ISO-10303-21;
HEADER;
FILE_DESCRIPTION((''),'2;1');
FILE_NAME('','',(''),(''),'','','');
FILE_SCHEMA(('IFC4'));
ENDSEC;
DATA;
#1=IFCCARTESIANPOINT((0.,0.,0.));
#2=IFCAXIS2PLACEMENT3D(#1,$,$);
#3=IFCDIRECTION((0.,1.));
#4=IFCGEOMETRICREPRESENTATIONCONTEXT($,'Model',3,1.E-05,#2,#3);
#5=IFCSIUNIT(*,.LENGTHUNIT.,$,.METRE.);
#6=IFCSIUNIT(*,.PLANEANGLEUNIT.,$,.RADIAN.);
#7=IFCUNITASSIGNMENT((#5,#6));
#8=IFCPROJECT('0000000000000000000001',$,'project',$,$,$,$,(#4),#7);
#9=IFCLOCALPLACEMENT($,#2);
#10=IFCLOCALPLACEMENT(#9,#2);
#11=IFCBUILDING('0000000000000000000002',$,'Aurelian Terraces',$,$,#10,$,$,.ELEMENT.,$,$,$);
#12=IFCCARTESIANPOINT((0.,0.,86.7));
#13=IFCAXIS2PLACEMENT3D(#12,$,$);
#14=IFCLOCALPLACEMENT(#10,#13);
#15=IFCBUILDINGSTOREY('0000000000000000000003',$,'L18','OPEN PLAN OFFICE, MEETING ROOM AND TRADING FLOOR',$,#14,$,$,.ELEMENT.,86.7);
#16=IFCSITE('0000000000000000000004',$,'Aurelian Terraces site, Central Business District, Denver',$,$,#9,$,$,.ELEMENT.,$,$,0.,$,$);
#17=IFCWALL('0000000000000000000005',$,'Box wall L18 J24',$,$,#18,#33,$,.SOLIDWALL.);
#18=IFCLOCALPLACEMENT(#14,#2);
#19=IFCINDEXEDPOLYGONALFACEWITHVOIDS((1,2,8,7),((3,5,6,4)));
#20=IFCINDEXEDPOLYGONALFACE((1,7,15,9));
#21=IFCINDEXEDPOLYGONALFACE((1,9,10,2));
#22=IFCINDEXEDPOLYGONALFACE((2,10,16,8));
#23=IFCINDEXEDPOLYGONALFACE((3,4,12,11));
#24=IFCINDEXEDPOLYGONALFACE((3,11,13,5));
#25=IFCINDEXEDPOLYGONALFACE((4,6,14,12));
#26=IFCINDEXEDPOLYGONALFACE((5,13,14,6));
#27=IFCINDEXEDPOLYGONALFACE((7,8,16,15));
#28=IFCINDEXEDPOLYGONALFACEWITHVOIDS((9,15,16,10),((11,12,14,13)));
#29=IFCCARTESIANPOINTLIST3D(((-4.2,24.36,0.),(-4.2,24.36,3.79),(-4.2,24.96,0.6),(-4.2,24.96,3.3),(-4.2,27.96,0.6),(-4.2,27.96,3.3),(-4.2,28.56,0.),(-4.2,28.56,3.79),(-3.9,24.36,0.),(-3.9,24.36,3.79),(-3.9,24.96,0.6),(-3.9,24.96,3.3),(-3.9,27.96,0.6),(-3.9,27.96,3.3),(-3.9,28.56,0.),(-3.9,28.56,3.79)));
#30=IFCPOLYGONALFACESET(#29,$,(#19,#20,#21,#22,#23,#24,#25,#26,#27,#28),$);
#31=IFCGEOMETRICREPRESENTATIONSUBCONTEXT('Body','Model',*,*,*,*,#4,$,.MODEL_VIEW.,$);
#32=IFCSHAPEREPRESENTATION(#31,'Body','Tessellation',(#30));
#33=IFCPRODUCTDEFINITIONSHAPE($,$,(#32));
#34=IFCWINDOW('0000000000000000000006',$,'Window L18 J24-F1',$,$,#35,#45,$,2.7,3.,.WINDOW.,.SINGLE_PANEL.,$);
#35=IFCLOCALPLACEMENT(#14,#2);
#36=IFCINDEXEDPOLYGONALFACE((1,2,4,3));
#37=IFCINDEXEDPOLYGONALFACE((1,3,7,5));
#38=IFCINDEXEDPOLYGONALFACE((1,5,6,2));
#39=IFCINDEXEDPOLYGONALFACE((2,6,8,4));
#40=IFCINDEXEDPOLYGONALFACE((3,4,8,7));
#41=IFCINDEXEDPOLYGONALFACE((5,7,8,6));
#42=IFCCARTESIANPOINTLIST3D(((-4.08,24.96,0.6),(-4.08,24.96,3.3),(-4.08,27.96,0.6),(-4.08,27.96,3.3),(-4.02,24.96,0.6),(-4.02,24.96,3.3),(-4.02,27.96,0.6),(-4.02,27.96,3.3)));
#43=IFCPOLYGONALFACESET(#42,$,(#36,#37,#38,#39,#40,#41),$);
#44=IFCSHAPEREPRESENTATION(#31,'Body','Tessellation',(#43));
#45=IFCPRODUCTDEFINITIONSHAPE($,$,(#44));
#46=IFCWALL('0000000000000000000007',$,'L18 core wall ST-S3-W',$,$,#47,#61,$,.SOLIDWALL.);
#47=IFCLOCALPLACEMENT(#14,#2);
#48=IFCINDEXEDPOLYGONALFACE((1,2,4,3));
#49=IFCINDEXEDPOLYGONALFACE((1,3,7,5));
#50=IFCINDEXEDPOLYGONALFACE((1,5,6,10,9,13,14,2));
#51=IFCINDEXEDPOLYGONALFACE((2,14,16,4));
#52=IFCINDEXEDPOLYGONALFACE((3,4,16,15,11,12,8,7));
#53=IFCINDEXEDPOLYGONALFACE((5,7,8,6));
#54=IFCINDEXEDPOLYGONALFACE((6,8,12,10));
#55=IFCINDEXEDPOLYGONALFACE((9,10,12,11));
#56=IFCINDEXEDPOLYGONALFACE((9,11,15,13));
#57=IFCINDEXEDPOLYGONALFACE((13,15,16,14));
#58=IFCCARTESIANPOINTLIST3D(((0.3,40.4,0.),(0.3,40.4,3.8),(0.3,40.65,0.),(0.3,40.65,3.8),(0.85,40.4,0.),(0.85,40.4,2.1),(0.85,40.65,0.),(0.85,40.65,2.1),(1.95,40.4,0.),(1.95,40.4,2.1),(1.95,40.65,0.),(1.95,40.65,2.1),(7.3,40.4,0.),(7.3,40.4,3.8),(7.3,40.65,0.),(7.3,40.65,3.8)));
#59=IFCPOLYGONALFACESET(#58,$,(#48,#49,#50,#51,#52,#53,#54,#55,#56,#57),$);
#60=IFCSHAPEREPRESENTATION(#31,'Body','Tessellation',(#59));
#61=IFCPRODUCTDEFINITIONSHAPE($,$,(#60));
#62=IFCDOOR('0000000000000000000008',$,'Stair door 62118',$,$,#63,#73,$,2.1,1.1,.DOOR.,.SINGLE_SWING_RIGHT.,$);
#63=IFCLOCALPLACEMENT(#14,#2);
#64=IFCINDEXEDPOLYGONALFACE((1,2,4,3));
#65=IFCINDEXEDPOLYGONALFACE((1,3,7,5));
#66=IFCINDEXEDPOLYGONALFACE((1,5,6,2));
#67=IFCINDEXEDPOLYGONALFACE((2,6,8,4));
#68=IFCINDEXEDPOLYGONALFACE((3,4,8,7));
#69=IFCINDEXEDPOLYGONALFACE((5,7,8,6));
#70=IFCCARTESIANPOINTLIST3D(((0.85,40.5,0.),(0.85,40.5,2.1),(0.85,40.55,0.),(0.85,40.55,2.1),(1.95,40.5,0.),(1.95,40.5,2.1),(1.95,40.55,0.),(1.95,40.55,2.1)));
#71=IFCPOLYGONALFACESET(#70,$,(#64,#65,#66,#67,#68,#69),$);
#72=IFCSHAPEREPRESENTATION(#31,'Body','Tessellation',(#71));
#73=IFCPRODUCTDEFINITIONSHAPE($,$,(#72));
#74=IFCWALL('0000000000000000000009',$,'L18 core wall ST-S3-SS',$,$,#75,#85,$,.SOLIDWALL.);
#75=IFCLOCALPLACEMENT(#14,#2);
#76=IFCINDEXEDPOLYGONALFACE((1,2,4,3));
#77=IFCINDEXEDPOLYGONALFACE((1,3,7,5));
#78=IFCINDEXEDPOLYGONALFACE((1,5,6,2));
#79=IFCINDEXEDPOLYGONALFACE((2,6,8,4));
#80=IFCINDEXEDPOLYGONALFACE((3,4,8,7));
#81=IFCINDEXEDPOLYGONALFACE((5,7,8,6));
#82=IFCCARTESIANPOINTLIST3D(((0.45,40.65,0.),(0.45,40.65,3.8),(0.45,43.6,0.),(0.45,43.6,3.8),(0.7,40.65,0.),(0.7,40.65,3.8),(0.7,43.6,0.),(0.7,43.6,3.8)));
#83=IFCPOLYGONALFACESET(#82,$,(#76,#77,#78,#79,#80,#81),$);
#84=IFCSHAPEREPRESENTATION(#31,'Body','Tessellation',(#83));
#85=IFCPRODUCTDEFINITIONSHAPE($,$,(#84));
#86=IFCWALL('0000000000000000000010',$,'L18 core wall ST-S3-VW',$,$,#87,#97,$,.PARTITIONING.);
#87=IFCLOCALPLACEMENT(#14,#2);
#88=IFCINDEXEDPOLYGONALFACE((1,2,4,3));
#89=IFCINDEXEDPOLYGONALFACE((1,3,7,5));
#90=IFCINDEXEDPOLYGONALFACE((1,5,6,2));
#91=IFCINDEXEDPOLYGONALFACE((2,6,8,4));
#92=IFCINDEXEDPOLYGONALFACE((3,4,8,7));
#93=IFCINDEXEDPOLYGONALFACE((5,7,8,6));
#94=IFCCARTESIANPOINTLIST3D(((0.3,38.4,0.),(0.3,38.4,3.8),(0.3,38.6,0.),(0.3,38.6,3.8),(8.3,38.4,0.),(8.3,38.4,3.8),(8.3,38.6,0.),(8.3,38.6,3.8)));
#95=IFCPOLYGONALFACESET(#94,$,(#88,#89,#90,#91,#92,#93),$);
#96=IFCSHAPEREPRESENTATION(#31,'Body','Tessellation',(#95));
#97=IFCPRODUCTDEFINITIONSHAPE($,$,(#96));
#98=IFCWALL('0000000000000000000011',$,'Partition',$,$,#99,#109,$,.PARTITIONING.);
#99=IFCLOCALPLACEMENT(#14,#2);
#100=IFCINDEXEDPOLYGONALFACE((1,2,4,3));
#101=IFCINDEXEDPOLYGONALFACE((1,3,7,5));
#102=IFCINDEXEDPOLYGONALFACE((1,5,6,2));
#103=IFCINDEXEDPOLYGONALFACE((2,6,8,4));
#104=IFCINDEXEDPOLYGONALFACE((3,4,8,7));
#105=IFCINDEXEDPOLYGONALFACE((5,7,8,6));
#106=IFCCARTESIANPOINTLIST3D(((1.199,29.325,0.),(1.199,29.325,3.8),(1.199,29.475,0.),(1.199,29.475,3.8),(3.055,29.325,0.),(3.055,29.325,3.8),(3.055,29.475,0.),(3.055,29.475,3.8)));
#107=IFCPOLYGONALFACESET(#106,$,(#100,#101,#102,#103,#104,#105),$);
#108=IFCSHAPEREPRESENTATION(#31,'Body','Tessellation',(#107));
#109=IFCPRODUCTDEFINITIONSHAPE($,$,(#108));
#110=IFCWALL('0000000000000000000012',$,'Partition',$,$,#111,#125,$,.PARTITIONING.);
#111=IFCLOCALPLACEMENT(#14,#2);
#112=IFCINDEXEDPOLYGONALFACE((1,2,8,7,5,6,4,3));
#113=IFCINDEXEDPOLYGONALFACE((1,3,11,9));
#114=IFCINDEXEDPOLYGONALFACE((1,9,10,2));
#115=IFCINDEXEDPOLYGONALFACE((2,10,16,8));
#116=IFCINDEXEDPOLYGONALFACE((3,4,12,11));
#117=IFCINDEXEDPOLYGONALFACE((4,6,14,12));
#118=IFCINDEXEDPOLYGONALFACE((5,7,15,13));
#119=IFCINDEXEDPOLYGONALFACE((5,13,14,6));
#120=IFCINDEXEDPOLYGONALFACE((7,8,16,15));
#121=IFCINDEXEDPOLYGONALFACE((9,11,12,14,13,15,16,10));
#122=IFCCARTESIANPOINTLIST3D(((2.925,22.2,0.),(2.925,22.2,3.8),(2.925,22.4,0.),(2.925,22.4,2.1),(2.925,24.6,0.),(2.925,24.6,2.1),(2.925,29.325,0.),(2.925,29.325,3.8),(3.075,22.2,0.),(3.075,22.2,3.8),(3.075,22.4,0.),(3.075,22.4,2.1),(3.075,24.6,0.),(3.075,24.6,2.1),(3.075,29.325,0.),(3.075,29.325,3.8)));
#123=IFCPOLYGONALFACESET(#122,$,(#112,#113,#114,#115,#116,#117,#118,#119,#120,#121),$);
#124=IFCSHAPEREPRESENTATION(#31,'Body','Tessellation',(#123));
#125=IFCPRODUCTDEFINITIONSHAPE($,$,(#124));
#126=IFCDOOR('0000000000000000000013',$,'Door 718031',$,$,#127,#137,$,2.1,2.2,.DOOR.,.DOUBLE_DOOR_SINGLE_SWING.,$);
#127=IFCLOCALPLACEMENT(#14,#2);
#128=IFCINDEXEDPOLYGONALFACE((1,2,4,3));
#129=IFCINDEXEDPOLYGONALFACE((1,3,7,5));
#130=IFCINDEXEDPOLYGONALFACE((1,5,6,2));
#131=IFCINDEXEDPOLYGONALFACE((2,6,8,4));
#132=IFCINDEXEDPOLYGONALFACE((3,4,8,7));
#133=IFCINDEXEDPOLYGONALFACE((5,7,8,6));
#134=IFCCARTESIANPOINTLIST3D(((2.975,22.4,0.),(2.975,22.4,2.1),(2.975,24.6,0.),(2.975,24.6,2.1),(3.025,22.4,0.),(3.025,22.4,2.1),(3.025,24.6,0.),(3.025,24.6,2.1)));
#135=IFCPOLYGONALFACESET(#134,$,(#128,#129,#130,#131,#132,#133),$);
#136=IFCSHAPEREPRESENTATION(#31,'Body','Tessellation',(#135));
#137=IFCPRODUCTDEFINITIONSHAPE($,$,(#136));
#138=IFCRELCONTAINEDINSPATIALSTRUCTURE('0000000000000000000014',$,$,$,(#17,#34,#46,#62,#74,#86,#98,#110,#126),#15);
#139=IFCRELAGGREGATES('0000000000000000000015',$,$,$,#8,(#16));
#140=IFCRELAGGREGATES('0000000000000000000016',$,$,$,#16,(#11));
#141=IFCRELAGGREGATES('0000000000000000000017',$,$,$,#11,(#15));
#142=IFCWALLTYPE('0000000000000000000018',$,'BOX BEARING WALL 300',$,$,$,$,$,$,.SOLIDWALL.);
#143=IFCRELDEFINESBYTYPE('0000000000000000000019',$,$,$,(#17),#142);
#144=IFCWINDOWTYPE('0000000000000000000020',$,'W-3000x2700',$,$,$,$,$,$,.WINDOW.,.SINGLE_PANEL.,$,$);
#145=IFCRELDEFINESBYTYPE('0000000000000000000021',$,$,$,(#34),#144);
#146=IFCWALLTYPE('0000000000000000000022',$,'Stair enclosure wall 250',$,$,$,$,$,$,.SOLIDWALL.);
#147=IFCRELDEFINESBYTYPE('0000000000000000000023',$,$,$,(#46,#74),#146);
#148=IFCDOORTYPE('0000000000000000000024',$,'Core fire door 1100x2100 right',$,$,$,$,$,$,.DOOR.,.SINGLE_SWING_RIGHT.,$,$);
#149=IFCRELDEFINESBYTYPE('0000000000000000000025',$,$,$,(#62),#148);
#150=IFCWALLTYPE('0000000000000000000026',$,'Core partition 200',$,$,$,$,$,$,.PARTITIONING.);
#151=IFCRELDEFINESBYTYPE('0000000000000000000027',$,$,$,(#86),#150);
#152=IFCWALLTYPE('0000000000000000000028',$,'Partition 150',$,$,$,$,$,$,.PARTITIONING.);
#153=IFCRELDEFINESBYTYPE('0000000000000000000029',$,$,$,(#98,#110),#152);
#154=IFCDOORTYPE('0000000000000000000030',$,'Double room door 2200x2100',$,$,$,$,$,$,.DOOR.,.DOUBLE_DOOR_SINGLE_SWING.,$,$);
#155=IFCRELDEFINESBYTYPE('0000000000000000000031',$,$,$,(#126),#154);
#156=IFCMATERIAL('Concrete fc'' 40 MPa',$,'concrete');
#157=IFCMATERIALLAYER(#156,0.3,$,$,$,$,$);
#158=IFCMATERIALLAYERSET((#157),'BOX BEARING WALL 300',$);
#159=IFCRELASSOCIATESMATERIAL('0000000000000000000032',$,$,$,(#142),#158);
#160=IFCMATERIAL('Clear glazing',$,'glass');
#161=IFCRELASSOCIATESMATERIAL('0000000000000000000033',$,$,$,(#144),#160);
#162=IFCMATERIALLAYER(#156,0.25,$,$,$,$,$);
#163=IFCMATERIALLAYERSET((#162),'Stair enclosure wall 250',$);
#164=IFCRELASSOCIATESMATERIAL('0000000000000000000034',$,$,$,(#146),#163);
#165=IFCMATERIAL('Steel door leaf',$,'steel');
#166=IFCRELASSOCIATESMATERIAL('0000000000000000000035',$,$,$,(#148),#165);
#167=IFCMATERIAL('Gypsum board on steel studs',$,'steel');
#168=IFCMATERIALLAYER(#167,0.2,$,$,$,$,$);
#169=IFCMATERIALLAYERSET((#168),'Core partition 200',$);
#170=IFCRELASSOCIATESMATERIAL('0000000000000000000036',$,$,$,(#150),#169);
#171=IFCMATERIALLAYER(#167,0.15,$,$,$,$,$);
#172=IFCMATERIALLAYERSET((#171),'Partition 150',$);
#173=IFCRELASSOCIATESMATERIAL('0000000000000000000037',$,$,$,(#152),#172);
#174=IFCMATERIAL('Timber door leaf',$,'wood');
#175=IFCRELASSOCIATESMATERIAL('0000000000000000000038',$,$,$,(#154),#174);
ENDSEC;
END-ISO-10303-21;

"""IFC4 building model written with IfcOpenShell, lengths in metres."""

from ifc_helpers import new_model, si_unit, direction, frame, frame_2d, origin, place, context, subcontext, project, spatial, rectangle, extrude, source, transform, mapped, material, layer, layer_set, type_object, element, fill, save


model = new_model("IFC4")

# Units and contexts
model_context = context("Model", 3, precision=1e-05, world=origin(), true_north=direction((0.0, 1.0)))
body_context = subcontext(model_context, "Body", "Model", "MODEL_VIEW")
ifc_project = project(units=[si_unit("LENGTHUNIT", "METRE"), si_unit("PLANEANGLEUNIT", "RADIAN")], contexts=[model_context])

# Site, building, storey
site_placement = place(None, origin())
site = spatial("IfcSite", under=ifc_project, at=site_placement, Name="Aurelian Terraces site, Central Business District, Denver", CompositionType="ELEMENT", RefElevation=0.0)
building_placement = place(site_placement, origin())
building = spatial("IfcBuilding", under=site, at=building_placement, Name="Aurelian Terraces", CompositionType="ELEMENT")
storey_placement = place(building_placement, frame((0.0, 0.0, 86.7)))
storey = spatial("IfcBuildingStorey", under=building, at=storey_placement, Name="L18", Description="OPEN PLAN OFFICE, MEETING ROOM AND TRADING FLOOR", CompositionType="ELEMENT", Elevation=86.7)

# Shared definitions
ifc_material_1 = material(Name="Clear glazing", Category="glass")

# Shared definitions
ifc_material_2 = material(Name="Timber door leaf", Category="wood")

# Wall, opening, window
ifc_material_3 = material(Name="Concrete fc' 40 MPa", Category="concrete")
ifc_layer_1 = layer(ifc_material_3, 0.3)
ifc_layer_set_1 = layer_set([ifc_layer_1], Name="BOX BEARING WALL 300")
wall_type_1 = type_object("IfcWallType", Name="BOX BEARING WALL 300", PredefinedType="SOLIDWALL", material=ifc_layer_set_1)
shared_shape_1 = source(origin(), body_context, "Body", "SweptSolid", [
    extrude(rectangle(XDim=4.2, YDim=0.3, at=frame_2d((2.1, 0.0))), origin(), (0.0, 0.0, 1.0), 3.79),
])
wall_1_placement = place(storey_placement, frame((-4.05, 28.56, 0.0), z_axis=(0.0, 0.0, 1.0), x_axis=(0.0, -1.0, 0.0)))
wall_1 = element("IfcWall", 1, at=wall_1_placement, inside=storey, type_object=wall_type_1, Name="Box wall L18 J24", PredefinedType="SOLIDWALL", context=body_context, shape_type="MappedRepresentation", body=[
    mapped(shared_shape_1, transform((0.0, 0.0, 0.0), scale=1.0)),
])
shared_shape_2 = source(origin(), body_context, "Body", "SweptSolid", [
    extrude(rectangle(XDim=3.0, YDim=2.7, at=frame_2d((1.5, 1.35))), frame((0.0, 0.16, 0.0), z_axis=(0.0, -1.0, 0.0), x_axis=(1.0, 0.0, 0.0)), (0.0, 0.0, 1.0), 0.32),
])
opening_1_placement = place(wall_1_placement, frame((0.6, 0.0, 0.6)))
opening_1 = element("IfcOpeningElement", 2, at=opening_1_placement, cuts=wall_1, PredefinedType="OPENING", context=body_context, shape_type="MappedRepresentation", body=[
    mapped(shared_shape_2, transform((0.0, 0.0, 0.0), scale=1.0)),
])
window_type_1 = type_object("IfcWindowType", Name="W-3000x2700", PartitioningType="SINGLE_PANEL", PredefinedType="WINDOW", material=ifc_material_1)
shared_shape_3 = source(origin(), body_context, "Body", "SweptSolid", [
    extrude(rectangle(XDim=3.0, YDim=2.7, at=frame_2d((1.5, 1.35))), frame((0.0, 0.03, 0.0), z_axis=(0.0, -1.0, 0.0), x_axis=(1.0, 0.0, 0.0)), (0.0, 0.0, 1.0), 0.06),
])
window_1_placement = place(opening_1_placement, origin())
window_1 = element("IfcWindow", 3, at=window_1_placement, inside=storey, type_object=window_type_1, Name="Window L18 J24-F1", OverallHeight=2.7, OverallWidth=3.0, PartitioningType="SINGLE_PANEL", PredefinedType="WINDOW", context=body_context, shape_type="MappedRepresentation", body=[
    mapped(shared_shape_3, transform((0.0, 0.0, 0.0), scale=1.0)),
])
fill(opening_1, window_1)

# Wall, opening, door
ifc_layer_2 = layer(ifc_material_3, 0.25)
ifc_layer_set_2 = layer_set([ifc_layer_2], Name="Stair enclosure wall 250")
wall_type_2 = type_object("IfcWallType", Name="Stair enclosure wall 250", PredefinedType="SOLIDWALL", material=ifc_layer_set_2)
shared_shape_4 = source(origin(), body_context, "Body", "SweptSolid", [
    extrude(rectangle(XDim=7.0, YDim=0.25, at=frame_2d((3.5, 0.0))), origin(), (0.0, 0.0, 1.0), 3.8),
])
wall_2_placement = place(storey_placement, frame((0.3, 40.525, 0.0), z_axis=(0.0, 0.0, 1.0), x_axis=(1.0, 0.0, 0.0)))
wall_2 = element("IfcWall", 4, at=wall_2_placement, inside=storey, type_object=wall_type_2, Name="L18 core wall ST-S3-W", PredefinedType="SOLIDWALL", context=body_context, shape_type="MappedRepresentation", body=[
    mapped(shared_shape_4, transform((0.0, 0.0, 0.0), scale=1.0)),
])
shared_shape_5 = source(origin(), body_context, "Body", "SweptSolid", [
    extrude(rectangle(XDim=1.1, YDim=2.1, at=frame_2d((0.55, 1.05))), frame((0.0, 0.135, 0.0), z_axis=(0.0, -1.0, 0.0), x_axis=(1.0, 0.0, 0.0)), (0.0, 0.0, 1.0), 0.27),
])
opening_2_placement = place(wall_2_placement, frame((0.55, 0.0, 0.0)))
opening_2 = element("IfcOpeningElement", 5, at=opening_2_placement, cuts=wall_2, PredefinedType="OPENING", context=body_context, shape_type="MappedRepresentation", body=[
    mapped(shared_shape_5, transform((0.0, 0.0, 0.0), scale=1.0)),
])
ifc_material_4 = material(Name="Steel door leaf", Category="steel")
door_type_1 = type_object("IfcDoorType", Name="Core fire door 1100x2100 right", OperationType="SINGLE_SWING_RIGHT", PredefinedType="DOOR", material=ifc_material_4)
shared_shape_6 = source(origin(), body_context, "Body", "SweptSolid", [
    extrude(rectangle(XDim=1.1, YDim=2.1, at=frame_2d((0.55, 1.05))), frame((0.0, 0.025, 0.0), z_axis=(0.0, -1.0, 0.0), x_axis=(1.0, 0.0, 0.0)), (0.0, 0.0, 1.0), 0.05),
])
door_1_placement = place(opening_2_placement, origin())
door_1 = element("IfcDoor", 6, at=door_1_placement, inside=storey, type_object=door_type_1, Name="Stair door 62118", OperationType="SINGLE_SWING_RIGHT", OverallHeight=2.1, OverallWidth=1.1, PredefinedType="DOOR", context=body_context, shape_type="MappedRepresentation", body=[
    mapped(shared_shape_6, transform((0.0, 0.0, 0.0), scale=1.0)),
])
fill(opening_2, door_1)

# Walls
shared_shape_7 = source(origin(), body_context, "Body", "SweptSolid", [
    extrude(rectangle(XDim=2.95, YDim=0.25, at=frame_2d((1.475, 0.0))), origin(), (0.0, 0.0, 1.0), 3.8),
])
wall_3_placement = place(storey_placement, frame((0.575, 40.65, 0.0), z_axis=(0.0, 0.0, 1.0), x_axis=(0.0, 1.0, 0.0)))
element("IfcWall", 7, at=wall_3_placement, inside=storey, type_object=wall_type_2, Name="L18 core wall ST-S3-SS", PredefinedType="SOLIDWALL", context=body_context, shape_type="MappedRepresentation", body=[
    mapped(shared_shape_7, transform((0.0, 0.0, 0.0), scale=1.0)),
])
ifc_material_5 = material(Name="Gypsum board on steel studs", Category="steel")
ifc_layer_3 = layer(ifc_material_5, 0.2)
ifc_layer_set_3 = layer_set([ifc_layer_3], Name="Core partition 200")
wall_type_3 = type_object("IfcWallType", Name="Core partition 200", PredefinedType="PARTITIONING", material=ifc_layer_set_3)
shared_shape_8 = source(origin(), body_context, "Body", "SweptSolid", [
    extrude(rectangle(XDim=8.0, YDim=0.2, at=frame_2d((4.0, 0.0))), origin(), (0.0, 0.0, 1.0), 3.8),
])
wall_4_placement = place(storey_placement, frame((0.3, 38.5, 0.0), z_axis=(0.0, 0.0, 1.0), x_axis=(1.0, 0.0, 0.0)))
element("IfcWall", 8, at=wall_4_placement, inside=storey, type_object=wall_type_3, Name="L18 core wall ST-S3-VW", PredefinedType="PARTITIONING", context=body_context, shape_type="MappedRepresentation", body=[
    mapped(shared_shape_8, transform((0.0, 0.0, 0.0), scale=1.0)),
])
ifc_layer_4 = layer(ifc_material_5, 0.15)
ifc_layer_set_4 = layer_set([ifc_layer_4], Name="Partition 150")
wall_type_4 = type_object("IfcWallType", Name="Partition 150", PredefinedType="PARTITIONING", material=ifc_layer_set_4)
shared_shape_9 = source(origin(), body_context, "Body", "SweptSolid", [
    extrude(rectangle(XDim=1.856, YDim=0.15, at=frame_2d((0.928, 0.0))), origin(), (0.0, 0.0, 1.0), 3.8),
])
wall_5_placement = place(storey_placement, frame((3.055, 29.4, 0.0), z_axis=(0.0, 0.0, 1.0), x_axis=(-1.0, 0.0, 0.0)))
element("IfcWall", 9, at=wall_5_placement, inside=storey, type_object=wall_type_4, Name="Partition", PredefinedType="PARTITIONING", context=body_context, shape_type="MappedRepresentation", body=[
    mapped(shared_shape_9, transform((0.0, 0.0, 0.0), scale=1.0)),
])

# Wall, opening, door
shared_shape_10 = source(origin(), body_context, "Body", "SweptSolid", [
    extrude(rectangle(XDim=7.125, YDim=0.15, at=frame_2d((3.5625, 0.0))), origin(), (0.0, 0.0, 1.0), 3.8),
])
wall_6_placement = place(storey_placement, frame((3.0, 29.325, 0.0), z_axis=(0.0, 0.0, 1.0), x_axis=(0.0, -1.0, 0.0)))
wall_6 = element("IfcWall", 10, at=wall_6_placement, inside=storey, type_object=wall_type_4, Name="Partition", PredefinedType="PARTITIONING", context=body_context, shape_type="MappedRepresentation", body=[
    mapped(shared_shape_10, transform((0.0, 0.0, 0.0), scale=1.0)),
])
shared_shape_11 = source(origin(), body_context, "Body", "SweptSolid", [
    extrude(rectangle(XDim=2.2, YDim=2.1, at=frame_2d((1.1, 1.05))), frame((0.0, 0.085, 0.0), z_axis=(0.0, -1.0, 0.0), x_axis=(1.0, 0.0, 0.0)), (0.0, 0.0, 1.0), 0.17),
])
opening_3_placement = place(wall_6_placement, frame((4.725, 0.0, 0.0)))
opening_3 = element("IfcOpeningElement", 11, at=opening_3_placement, cuts=wall_6, PredefinedType="OPENING", context=body_context, shape_type="MappedRepresentation", body=[
    mapped(shared_shape_11, transform((0.0, 0.0, 0.0), scale=1.0)),
])
door_type_2 = type_object("IfcDoorType", Name="Double room door 2200x2100", OperationType="DOUBLE_DOOR_SINGLE_SWING", PredefinedType="DOOR", material=ifc_material_2)
shared_shape_12 = source(origin(), body_context, "Body", "SweptSolid", [
    extrude(rectangle(XDim=2.2, YDim=2.1, at=frame_2d((1.1, 1.05))), frame((0.0, 0.025, 0.0), z_axis=(0.0, -1.0, 0.0), x_axis=(1.0, 0.0, 0.0)), (0.0, 0.0, 1.0), 0.05),
])
door_2_placement = place(opening_3_placement, origin())
door_2 = element("IfcDoor", 12, at=door_2_placement, inside=storey, type_object=door_type_2, Name="Door 718031", OperationType="DOUBLE_DOOR_SINGLE_SWING", OverallHeight=2.1, OverallWidth=2.2, PredefinedType="DOOR", context=body_context, shape_type="MappedRepresentation", body=[
    mapped(shared_shape_12, transform((0.0, 0.0, 0.0), scale=1.0)),
])
fill(opening_3, door_2)

save(model, "model.ifc")
